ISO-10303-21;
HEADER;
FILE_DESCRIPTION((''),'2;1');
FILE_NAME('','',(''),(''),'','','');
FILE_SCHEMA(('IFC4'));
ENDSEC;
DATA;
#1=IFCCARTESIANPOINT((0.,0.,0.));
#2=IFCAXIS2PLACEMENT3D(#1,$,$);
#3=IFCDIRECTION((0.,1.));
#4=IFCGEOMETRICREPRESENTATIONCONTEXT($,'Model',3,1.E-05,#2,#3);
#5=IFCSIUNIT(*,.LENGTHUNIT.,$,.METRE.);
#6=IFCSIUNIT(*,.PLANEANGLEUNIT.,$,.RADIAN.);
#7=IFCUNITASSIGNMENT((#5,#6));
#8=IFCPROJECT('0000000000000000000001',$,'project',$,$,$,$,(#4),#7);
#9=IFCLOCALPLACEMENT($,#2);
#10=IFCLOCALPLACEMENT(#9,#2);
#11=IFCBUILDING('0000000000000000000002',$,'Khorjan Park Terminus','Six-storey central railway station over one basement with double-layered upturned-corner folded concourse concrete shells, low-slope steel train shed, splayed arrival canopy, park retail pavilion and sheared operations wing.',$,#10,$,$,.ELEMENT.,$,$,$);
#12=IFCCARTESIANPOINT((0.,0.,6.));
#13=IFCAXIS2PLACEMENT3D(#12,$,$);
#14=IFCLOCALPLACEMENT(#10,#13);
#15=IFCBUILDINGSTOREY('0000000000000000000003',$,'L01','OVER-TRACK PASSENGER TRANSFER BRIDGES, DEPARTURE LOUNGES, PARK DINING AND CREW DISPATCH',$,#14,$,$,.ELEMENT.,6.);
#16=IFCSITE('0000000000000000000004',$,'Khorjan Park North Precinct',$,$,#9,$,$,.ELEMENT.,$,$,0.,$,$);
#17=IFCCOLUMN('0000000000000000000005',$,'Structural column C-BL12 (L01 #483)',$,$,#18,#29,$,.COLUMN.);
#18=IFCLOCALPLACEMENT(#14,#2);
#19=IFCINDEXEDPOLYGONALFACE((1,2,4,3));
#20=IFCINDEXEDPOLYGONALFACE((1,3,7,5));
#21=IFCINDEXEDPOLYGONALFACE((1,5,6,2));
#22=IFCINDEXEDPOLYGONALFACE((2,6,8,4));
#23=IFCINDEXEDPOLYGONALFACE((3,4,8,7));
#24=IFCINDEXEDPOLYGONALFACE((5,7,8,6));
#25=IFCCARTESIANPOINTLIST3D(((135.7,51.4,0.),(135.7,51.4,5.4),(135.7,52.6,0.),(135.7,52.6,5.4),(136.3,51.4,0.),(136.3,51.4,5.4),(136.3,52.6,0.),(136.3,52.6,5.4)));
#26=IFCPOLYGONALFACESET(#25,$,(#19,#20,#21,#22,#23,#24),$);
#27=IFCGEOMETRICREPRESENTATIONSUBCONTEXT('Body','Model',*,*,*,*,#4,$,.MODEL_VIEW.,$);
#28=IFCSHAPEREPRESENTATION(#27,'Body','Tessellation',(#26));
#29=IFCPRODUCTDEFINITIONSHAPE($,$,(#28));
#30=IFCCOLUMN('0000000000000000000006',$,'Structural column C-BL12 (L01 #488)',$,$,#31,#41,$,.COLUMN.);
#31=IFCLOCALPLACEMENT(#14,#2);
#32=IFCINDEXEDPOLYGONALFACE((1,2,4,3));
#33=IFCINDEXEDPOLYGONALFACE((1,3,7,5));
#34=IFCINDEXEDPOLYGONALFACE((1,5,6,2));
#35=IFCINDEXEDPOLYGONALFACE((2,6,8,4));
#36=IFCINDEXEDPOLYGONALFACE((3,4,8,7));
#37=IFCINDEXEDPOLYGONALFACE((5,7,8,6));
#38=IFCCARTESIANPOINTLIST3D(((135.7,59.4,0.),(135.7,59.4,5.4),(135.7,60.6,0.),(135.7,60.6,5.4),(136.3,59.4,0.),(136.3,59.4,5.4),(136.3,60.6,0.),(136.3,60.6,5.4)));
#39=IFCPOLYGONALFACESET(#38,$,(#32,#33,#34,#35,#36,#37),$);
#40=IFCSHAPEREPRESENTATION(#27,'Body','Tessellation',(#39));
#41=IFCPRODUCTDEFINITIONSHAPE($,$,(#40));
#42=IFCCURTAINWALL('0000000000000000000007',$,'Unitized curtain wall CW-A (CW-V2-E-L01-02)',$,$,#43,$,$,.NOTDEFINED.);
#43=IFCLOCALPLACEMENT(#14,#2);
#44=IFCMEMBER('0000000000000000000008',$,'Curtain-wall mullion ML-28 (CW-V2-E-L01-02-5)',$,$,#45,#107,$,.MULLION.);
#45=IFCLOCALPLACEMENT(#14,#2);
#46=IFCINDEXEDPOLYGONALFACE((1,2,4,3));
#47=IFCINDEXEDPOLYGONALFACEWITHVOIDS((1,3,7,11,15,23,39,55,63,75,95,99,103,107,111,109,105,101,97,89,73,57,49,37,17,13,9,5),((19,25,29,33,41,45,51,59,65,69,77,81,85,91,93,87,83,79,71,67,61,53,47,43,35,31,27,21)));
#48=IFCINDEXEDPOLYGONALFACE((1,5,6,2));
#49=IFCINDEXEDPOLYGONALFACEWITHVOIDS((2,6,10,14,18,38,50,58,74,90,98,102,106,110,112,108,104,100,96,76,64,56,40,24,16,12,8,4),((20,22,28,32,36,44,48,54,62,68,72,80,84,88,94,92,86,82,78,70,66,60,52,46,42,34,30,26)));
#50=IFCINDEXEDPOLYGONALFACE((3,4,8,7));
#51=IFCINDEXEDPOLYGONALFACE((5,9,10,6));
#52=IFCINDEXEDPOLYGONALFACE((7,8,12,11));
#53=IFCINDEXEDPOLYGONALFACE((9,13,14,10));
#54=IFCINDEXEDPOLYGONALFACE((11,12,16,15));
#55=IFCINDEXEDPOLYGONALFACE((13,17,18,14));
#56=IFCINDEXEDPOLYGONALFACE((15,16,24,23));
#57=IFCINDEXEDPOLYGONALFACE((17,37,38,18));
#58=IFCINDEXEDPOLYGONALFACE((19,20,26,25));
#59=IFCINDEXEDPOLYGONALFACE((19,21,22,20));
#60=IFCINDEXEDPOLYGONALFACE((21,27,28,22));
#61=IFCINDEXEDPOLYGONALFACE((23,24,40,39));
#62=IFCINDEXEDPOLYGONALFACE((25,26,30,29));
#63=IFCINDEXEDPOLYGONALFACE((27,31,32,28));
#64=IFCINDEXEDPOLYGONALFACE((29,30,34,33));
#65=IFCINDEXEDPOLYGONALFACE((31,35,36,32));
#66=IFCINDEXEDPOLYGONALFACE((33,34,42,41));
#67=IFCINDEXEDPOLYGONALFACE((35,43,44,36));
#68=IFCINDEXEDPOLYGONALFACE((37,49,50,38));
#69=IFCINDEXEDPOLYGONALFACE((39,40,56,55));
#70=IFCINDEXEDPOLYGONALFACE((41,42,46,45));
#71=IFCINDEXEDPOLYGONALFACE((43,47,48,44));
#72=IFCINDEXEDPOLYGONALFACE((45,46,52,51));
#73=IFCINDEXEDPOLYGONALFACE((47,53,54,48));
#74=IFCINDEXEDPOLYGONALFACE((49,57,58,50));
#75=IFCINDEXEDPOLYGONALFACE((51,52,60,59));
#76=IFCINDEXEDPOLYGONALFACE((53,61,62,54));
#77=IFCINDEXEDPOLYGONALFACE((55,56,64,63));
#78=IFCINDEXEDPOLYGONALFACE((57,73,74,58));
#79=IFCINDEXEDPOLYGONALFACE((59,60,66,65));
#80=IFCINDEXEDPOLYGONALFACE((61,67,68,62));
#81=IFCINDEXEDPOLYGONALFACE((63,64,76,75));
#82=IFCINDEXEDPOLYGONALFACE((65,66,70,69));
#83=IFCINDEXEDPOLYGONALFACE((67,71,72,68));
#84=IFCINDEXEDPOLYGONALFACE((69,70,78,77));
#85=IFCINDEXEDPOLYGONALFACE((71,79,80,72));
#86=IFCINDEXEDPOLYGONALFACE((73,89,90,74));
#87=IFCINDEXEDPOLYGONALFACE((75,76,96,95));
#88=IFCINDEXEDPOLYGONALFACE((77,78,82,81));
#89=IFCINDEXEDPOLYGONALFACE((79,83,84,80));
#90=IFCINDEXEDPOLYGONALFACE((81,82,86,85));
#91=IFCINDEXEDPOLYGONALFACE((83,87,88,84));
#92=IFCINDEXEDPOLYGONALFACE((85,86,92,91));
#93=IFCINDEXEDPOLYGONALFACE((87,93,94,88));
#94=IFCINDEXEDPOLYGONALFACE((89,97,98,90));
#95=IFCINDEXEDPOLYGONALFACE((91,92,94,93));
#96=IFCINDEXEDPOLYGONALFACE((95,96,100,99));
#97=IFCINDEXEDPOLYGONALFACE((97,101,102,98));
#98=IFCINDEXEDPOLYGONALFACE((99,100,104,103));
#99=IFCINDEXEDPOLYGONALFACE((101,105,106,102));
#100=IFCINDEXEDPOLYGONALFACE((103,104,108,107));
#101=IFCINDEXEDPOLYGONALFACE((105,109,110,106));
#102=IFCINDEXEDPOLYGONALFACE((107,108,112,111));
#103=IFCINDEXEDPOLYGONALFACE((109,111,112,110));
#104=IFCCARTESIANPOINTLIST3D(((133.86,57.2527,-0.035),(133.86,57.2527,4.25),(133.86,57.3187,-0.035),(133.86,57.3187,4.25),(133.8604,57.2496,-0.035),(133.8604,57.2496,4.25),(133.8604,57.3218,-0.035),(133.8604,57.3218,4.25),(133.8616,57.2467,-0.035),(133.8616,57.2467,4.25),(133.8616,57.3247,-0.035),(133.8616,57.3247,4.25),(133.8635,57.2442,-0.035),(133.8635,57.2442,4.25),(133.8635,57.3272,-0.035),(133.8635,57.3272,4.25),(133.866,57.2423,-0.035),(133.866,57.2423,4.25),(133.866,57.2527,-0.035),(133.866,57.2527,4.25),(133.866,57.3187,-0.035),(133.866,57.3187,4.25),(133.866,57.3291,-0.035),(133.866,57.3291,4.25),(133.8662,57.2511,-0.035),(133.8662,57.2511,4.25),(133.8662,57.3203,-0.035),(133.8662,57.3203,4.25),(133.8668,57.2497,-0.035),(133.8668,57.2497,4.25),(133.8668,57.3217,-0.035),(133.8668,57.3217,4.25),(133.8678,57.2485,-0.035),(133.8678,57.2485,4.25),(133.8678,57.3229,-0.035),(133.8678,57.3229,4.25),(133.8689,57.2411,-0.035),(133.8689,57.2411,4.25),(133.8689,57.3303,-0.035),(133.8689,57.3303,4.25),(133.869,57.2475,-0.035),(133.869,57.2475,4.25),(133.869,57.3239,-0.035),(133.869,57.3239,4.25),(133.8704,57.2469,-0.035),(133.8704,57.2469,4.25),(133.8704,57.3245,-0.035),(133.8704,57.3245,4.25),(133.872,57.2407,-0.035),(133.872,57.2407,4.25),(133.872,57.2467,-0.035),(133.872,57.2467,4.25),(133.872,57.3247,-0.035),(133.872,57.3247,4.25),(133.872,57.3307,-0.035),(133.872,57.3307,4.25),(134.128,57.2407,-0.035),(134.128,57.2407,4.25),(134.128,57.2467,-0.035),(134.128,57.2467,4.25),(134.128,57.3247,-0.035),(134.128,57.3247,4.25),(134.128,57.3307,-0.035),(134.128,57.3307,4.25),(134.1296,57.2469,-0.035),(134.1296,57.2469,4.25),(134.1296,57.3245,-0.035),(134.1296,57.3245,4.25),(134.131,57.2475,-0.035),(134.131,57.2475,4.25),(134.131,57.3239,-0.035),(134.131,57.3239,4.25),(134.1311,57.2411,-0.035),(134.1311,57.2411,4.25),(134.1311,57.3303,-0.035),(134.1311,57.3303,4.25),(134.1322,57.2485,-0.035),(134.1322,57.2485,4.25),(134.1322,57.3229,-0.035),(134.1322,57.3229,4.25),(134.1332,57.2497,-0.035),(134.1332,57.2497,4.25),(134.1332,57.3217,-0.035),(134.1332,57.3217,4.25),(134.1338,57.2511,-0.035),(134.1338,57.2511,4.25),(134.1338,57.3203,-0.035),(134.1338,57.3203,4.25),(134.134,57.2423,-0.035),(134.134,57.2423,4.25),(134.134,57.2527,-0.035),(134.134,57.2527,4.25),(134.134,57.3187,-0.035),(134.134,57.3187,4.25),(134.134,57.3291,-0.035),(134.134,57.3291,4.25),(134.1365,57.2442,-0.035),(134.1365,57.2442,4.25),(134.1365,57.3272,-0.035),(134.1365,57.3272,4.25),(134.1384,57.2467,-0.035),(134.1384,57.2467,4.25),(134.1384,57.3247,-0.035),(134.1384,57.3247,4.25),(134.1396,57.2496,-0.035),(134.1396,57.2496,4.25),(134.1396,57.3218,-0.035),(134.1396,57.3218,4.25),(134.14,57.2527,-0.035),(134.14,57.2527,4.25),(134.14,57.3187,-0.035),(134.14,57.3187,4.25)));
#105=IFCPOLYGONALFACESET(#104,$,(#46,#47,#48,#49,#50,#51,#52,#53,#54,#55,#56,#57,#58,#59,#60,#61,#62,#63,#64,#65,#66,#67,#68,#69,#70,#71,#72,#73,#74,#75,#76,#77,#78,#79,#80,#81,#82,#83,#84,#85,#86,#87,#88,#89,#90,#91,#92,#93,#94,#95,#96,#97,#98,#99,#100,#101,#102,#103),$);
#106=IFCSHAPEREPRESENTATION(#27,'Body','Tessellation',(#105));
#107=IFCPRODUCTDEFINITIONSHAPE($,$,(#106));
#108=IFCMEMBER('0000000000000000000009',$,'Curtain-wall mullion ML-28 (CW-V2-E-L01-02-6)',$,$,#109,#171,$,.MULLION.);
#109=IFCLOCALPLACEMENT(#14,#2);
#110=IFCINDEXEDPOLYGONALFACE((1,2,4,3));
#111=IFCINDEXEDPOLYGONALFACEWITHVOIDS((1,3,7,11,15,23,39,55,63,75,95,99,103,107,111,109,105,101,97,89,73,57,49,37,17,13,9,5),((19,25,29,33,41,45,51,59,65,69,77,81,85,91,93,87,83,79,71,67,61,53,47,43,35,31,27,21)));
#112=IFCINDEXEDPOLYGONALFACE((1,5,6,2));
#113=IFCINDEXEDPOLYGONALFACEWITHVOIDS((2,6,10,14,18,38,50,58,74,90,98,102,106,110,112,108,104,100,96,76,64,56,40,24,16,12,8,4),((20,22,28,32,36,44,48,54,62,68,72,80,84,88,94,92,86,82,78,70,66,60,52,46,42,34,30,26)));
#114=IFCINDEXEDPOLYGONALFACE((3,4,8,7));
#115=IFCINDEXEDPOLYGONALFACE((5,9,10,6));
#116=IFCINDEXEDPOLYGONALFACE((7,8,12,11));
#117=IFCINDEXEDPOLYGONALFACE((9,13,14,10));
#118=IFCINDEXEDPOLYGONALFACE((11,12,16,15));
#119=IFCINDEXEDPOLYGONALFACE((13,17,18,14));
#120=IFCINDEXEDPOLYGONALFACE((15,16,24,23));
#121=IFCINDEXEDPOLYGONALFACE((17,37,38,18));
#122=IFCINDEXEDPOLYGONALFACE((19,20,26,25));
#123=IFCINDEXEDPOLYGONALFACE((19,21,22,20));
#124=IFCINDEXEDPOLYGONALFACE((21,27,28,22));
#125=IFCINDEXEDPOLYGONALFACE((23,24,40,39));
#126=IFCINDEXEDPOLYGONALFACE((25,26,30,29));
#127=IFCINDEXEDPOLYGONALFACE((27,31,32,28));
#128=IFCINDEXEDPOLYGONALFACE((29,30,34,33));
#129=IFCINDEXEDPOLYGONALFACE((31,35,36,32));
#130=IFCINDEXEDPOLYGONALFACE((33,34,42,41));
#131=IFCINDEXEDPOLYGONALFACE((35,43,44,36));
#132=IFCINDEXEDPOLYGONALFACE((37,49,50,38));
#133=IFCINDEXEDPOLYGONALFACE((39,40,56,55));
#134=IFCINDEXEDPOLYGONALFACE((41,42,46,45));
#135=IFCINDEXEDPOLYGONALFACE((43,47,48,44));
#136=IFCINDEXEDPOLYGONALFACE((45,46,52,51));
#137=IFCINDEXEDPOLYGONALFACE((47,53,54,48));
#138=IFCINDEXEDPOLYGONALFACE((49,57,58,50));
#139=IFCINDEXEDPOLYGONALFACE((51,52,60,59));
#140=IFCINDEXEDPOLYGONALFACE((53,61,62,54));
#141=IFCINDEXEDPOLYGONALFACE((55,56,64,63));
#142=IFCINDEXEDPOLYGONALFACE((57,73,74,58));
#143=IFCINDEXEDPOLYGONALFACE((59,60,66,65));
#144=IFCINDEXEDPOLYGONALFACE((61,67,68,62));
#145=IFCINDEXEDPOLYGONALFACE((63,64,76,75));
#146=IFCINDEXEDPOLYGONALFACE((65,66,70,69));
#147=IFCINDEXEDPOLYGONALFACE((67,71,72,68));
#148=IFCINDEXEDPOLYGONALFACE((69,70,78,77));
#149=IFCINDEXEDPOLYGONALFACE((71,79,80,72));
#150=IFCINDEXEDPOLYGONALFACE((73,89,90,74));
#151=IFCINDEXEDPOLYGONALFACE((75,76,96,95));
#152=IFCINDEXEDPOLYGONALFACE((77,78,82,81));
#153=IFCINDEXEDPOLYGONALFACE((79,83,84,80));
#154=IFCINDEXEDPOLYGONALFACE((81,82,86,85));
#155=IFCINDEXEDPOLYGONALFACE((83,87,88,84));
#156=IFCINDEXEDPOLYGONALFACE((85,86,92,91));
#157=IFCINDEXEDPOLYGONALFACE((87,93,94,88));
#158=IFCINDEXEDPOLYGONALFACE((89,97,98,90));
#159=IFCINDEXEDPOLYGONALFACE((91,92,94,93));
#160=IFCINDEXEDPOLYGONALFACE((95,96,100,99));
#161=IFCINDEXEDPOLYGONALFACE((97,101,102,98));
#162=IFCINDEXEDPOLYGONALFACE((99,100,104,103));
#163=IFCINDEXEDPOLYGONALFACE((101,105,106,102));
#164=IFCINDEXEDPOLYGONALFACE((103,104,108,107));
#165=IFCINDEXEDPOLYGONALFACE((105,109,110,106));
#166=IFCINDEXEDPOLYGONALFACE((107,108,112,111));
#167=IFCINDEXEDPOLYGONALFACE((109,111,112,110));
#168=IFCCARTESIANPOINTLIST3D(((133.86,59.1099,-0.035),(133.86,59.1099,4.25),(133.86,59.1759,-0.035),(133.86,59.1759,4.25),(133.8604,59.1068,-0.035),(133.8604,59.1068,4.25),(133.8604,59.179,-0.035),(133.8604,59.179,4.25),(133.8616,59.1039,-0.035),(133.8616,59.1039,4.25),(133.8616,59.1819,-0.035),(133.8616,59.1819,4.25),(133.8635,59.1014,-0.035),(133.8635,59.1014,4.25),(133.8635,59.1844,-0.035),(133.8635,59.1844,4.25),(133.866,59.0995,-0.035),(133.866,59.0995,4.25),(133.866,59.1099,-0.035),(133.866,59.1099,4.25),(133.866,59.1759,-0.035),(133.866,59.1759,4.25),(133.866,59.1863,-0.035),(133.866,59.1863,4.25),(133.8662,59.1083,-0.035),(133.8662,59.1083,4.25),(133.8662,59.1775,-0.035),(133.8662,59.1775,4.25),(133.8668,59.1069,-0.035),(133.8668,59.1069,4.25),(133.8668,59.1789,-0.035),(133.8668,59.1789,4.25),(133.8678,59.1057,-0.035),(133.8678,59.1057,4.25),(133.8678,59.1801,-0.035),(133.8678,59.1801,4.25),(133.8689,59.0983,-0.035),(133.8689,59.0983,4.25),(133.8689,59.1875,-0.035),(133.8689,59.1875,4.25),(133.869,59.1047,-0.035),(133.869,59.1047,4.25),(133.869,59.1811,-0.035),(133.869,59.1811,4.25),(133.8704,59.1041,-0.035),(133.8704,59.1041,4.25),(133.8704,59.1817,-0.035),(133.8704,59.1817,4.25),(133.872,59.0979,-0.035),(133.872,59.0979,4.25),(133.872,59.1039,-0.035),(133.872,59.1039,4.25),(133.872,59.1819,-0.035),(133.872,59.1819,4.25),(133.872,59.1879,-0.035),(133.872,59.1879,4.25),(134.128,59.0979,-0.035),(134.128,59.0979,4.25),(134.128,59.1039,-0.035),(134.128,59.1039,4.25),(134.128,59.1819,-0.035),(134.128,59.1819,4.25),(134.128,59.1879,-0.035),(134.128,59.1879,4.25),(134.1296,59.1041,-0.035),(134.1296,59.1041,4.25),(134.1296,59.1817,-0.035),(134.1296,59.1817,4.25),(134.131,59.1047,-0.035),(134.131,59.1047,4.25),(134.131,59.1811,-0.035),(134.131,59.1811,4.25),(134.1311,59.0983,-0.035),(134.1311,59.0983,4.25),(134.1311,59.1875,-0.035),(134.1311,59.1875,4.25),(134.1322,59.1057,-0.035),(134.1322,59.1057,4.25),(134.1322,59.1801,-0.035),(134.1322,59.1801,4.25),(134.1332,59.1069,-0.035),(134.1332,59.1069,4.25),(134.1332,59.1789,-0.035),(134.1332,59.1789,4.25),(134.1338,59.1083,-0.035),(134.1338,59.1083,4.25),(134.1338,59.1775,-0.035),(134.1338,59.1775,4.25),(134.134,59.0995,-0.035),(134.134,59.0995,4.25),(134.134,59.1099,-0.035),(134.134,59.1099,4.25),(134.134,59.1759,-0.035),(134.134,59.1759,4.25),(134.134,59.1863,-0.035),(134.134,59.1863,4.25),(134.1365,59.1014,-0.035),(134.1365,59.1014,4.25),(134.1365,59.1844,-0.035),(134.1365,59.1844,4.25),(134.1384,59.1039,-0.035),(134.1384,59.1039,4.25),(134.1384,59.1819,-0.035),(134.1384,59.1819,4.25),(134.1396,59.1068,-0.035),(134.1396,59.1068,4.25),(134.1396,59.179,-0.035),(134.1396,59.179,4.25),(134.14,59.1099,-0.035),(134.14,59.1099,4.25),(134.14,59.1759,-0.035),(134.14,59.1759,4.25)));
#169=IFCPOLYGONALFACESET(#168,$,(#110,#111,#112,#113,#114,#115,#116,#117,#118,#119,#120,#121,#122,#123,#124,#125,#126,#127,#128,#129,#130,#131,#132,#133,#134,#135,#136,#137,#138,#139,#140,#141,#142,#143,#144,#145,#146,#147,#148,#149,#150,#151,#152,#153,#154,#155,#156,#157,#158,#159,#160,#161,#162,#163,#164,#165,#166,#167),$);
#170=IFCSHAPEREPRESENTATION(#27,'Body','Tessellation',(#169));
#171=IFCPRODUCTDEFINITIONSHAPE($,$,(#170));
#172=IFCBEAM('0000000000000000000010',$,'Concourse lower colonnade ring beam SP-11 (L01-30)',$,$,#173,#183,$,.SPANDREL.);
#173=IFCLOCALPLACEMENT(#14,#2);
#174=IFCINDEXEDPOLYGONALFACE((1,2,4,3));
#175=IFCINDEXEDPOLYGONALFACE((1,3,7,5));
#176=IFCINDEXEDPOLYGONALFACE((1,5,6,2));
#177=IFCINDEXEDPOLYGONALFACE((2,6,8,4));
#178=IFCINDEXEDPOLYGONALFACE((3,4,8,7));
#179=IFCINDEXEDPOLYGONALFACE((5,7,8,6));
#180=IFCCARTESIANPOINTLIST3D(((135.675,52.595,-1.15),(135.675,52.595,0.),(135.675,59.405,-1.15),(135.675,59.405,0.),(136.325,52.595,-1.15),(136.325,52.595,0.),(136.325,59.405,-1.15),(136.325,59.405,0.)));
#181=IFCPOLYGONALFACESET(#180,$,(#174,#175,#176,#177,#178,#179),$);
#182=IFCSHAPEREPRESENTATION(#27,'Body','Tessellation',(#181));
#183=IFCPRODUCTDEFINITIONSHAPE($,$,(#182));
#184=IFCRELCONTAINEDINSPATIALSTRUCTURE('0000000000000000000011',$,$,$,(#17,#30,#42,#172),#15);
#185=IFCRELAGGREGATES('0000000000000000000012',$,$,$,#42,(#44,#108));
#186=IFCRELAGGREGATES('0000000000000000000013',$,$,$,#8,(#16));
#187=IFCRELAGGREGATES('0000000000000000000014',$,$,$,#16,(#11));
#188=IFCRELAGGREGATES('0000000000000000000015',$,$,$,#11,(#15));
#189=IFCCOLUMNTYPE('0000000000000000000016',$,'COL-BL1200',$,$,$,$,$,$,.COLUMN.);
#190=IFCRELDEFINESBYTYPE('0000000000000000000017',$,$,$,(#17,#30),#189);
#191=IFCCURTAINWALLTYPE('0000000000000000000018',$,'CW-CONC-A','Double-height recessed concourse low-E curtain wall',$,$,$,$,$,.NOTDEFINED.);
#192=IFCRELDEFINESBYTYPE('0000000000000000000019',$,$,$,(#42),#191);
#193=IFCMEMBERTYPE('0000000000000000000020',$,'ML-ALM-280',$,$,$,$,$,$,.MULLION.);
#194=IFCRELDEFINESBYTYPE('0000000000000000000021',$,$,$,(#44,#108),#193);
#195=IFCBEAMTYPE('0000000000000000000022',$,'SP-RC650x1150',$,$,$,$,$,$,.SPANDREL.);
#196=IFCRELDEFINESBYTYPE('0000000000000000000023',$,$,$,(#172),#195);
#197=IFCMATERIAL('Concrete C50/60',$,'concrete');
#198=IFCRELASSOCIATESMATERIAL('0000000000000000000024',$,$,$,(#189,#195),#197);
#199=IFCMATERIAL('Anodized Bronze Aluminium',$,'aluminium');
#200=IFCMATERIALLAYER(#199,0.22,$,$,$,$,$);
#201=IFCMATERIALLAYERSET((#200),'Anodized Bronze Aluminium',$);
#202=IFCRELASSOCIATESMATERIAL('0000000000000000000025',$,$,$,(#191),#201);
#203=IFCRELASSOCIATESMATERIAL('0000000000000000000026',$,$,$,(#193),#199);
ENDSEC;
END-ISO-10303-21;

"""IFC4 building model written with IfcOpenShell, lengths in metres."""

from ifc_helpers import new_model, si_unit, direction, frame, origin, origin_2d, place, context, subcontext, project, spatial, rectangle, hollow_rectangle, extrude, material, layer, layer_set, material_profile, profile_set, type_object, element, aggregate, save


model = new_model("IFC4")

# Units and contexts
model_context = context("Model", 3, precision=1e-05, world=origin(), true_north=direction((0.0, 1.0)))
body_context = subcontext(model_context, "Body", "Model", "MODEL_VIEW")
ifc_project = project(units=[si_unit("LENGTHUNIT", "METRE"), si_unit("PLANEANGLEUNIT", "RADIAN")], contexts=[model_context])

# Site, building, storey
site_placement = place(None, origin())
site = spatial("IfcSite", under=ifc_project, at=site_placement, Name="Khorjan Park North Precinct", CompositionType="ELEMENT", RefElevation=0.0)
building_placement = place(site_placement, origin())
building = spatial("IfcBuilding", under=site, at=building_placement, Name="Khorjan Park Terminus", Description="Six-storey central railway station over one basement with double-layered upturned-corner folded concourse concrete shells, low-slope steel train shed, splayed arrival canopy, park retail pavilion and sheared operations wing.", CompositionType="ELEMENT")
storey_placement = place(building_placement, frame((0.0, 0.0, 6.0)))
storey = spatial("IfcBuildingStorey", under=building, at=storey_placement, Name="L01", Description="OVER-TRACK PASSENGER TRANSFER BRIDGES, DEPARTURE LOUNGES, PARK DINING AND CREW DISPATCH", CompositionType="ELEMENT", Elevation=6.0)

# Columns
ifc_material_1 = material(Name="Concrete C50/60", Category="concrete")
ifc_material_profile_1 = material_profile(ifc_material_1, rectangle(XDim=0.6, YDim=1.2, at=origin_2d()), Name="RC 600x1200")
ifc_profile_set_1 = profile_set([ifc_material_profile_1], Name="Concrete C50/60")
column_type = type_object("IfcColumnType", Name="COL-BL1200", PredefinedType="COLUMN", material=ifc_profile_set_1)
for number, where, z_axis, x_axis, name in (
    (1, (136.0, 52.0, 0.0), (0.0, 0.0, 1.0), (1.0, 0.0, 0.0), "Structural column C-BL12 (L01 #483)"),
    (2, (136.0, 60.0, 0.0), (0.0, 0.0, 1.0), (1.0, 0.0, 0.0), "Structural column C-BL12 (L01 #488)"),
):
    element("IfcColumn", number, at=place(storey_placement, frame(where, z_axis=z_axis, x_axis=x_axis)), inside=storey, type_object=column_type, Name=name, PredefinedType="COLUMN", context=body_context, shape_type="SweptSolid", body=[
        extrude(rectangle(XDim=0.6, YDim=1.2, at=origin_2d()), origin(), (0.0, 0.0, 1.0), 5.4),
    ])

# Curtain wall, members
ifc_material_2 = material(Name="Anodized Bronze Aluminium", Category="aluminium")
ifc_layer_1 = layer(ifc_material_2, 0.22)
ifc_layer_set_1 = layer_set([ifc_layer_1], Name="Anodized Bronze Aluminium")
curtain_wall_type = type_object("IfcCurtainWallType", Name="CW-CONC-A", Description="Double-height recessed concourse low-E curtain wall", PredefinedType="NOTDEFINED", material=ifc_layer_set_1)
curtain_wall_placement = place(storey_placement, origin())
curtain_wall = element("IfcCurtainWall", 3, at=curtain_wall_placement, inside=storey, type_object=curtain_wall_type, Name="Unitized curtain wall CW-A (CW-V2-E-L01-02)", PredefinedType="NOTDEFINED")
ifc_material_profile_2 = material_profile(ifc_material_2, hollow_rectangle(XDim=0.09, YDim=0.28, WallThickness=0.006, InnerFilletRadius=0.006, OuterFilletRadius=0.012, at=origin_2d()), Name="ALM 90x280x6")
ifc_profile_set_2 = profile_set([ifc_material_profile_2], Name="Anodized Bronze Aluminium")
member_type_1 = type_object("IfcMemberType", Name="ML-ALM-280", PredefinedType="MULLION", material=ifc_profile_set_2)
member_1_placement = place(storey_placement, frame((134.0, 57.2857, -0.035), z_axis=(0.0, 0.0, 1.0), x_axis=(0.0, 1.0, 0.0)))
member_1 = element("IfcMember", 4, at=member_1_placement, type_object=member_type_1, Name="Curtain-wall mullion ML-28 (CW-V2-E-L01-02-5)", PredefinedType="MULLION", context=body_context, shape_type="SweptSolid", body=[
    extrude(hollow_rectangle(XDim=0.09, YDim=0.28, WallThickness=0.006, InnerFilletRadius=0.006, OuterFilletRadius=0.012, at=origin_2d()), origin(), (0.0, 0.0, 1.0), 4.285),
])
member_2_placement = place(storey_placement, frame((134.0, 59.1429, -0.035), z_axis=(0.0, 0.0, 1.0), x_axis=(0.0, 1.0, 0.0)))
member_2 = element("IfcMember", 5, at=member_2_placement, type_object=member_type_1, Name="Curtain-wall mullion ML-28 (CW-V2-E-L01-02-6)", PredefinedType="MULLION", context=body_context, shape_type="SweptSolid", body=[
    extrude(hollow_rectangle(XDim=0.09, YDim=0.28, WallThickness=0.006, InnerFilletRadius=0.006, OuterFilletRadius=0.012, at=origin_2d()), origin(), (0.0, 0.0, 1.0), 4.285),
])

# Beam
ifc_material_profile_3 = material_profile(ifc_material_1, rectangle(XDim=0.65, YDim=1.15, at=origin_2d()), Name="RC 650x1150")
ifc_profile_set_3 = profile_set([ifc_material_profile_3], Name="Concrete C50/60")
beam_type = type_object("IfcBeamType", Name="SP-RC650x1150", PredefinedType="SPANDREL", material=ifc_profile_set_3)
beam_placement = place(storey_placement, frame((136.0, 52.595, -0.575), z_axis=(0.0, 1.0, 0.0), x_axis=(-1.0, 0.0, 0.0)))
element("IfcBeam", 6, at=beam_placement, inside=storey, type_object=beam_type, Name="Concourse lower colonnade ring beam SP-11 (L01-30)", PredefinedType="SPANDREL", context=body_context, shape_type="SweptSolid", body=[
    extrude(rectangle(XDim=0.65, YDim=1.15, at=origin_2d()), origin(), (0.0, 0.0, 1.0), 6.81),
])

aggregate(curtain_wall, [member_1, member_2])

save(model, "model.ifc")
